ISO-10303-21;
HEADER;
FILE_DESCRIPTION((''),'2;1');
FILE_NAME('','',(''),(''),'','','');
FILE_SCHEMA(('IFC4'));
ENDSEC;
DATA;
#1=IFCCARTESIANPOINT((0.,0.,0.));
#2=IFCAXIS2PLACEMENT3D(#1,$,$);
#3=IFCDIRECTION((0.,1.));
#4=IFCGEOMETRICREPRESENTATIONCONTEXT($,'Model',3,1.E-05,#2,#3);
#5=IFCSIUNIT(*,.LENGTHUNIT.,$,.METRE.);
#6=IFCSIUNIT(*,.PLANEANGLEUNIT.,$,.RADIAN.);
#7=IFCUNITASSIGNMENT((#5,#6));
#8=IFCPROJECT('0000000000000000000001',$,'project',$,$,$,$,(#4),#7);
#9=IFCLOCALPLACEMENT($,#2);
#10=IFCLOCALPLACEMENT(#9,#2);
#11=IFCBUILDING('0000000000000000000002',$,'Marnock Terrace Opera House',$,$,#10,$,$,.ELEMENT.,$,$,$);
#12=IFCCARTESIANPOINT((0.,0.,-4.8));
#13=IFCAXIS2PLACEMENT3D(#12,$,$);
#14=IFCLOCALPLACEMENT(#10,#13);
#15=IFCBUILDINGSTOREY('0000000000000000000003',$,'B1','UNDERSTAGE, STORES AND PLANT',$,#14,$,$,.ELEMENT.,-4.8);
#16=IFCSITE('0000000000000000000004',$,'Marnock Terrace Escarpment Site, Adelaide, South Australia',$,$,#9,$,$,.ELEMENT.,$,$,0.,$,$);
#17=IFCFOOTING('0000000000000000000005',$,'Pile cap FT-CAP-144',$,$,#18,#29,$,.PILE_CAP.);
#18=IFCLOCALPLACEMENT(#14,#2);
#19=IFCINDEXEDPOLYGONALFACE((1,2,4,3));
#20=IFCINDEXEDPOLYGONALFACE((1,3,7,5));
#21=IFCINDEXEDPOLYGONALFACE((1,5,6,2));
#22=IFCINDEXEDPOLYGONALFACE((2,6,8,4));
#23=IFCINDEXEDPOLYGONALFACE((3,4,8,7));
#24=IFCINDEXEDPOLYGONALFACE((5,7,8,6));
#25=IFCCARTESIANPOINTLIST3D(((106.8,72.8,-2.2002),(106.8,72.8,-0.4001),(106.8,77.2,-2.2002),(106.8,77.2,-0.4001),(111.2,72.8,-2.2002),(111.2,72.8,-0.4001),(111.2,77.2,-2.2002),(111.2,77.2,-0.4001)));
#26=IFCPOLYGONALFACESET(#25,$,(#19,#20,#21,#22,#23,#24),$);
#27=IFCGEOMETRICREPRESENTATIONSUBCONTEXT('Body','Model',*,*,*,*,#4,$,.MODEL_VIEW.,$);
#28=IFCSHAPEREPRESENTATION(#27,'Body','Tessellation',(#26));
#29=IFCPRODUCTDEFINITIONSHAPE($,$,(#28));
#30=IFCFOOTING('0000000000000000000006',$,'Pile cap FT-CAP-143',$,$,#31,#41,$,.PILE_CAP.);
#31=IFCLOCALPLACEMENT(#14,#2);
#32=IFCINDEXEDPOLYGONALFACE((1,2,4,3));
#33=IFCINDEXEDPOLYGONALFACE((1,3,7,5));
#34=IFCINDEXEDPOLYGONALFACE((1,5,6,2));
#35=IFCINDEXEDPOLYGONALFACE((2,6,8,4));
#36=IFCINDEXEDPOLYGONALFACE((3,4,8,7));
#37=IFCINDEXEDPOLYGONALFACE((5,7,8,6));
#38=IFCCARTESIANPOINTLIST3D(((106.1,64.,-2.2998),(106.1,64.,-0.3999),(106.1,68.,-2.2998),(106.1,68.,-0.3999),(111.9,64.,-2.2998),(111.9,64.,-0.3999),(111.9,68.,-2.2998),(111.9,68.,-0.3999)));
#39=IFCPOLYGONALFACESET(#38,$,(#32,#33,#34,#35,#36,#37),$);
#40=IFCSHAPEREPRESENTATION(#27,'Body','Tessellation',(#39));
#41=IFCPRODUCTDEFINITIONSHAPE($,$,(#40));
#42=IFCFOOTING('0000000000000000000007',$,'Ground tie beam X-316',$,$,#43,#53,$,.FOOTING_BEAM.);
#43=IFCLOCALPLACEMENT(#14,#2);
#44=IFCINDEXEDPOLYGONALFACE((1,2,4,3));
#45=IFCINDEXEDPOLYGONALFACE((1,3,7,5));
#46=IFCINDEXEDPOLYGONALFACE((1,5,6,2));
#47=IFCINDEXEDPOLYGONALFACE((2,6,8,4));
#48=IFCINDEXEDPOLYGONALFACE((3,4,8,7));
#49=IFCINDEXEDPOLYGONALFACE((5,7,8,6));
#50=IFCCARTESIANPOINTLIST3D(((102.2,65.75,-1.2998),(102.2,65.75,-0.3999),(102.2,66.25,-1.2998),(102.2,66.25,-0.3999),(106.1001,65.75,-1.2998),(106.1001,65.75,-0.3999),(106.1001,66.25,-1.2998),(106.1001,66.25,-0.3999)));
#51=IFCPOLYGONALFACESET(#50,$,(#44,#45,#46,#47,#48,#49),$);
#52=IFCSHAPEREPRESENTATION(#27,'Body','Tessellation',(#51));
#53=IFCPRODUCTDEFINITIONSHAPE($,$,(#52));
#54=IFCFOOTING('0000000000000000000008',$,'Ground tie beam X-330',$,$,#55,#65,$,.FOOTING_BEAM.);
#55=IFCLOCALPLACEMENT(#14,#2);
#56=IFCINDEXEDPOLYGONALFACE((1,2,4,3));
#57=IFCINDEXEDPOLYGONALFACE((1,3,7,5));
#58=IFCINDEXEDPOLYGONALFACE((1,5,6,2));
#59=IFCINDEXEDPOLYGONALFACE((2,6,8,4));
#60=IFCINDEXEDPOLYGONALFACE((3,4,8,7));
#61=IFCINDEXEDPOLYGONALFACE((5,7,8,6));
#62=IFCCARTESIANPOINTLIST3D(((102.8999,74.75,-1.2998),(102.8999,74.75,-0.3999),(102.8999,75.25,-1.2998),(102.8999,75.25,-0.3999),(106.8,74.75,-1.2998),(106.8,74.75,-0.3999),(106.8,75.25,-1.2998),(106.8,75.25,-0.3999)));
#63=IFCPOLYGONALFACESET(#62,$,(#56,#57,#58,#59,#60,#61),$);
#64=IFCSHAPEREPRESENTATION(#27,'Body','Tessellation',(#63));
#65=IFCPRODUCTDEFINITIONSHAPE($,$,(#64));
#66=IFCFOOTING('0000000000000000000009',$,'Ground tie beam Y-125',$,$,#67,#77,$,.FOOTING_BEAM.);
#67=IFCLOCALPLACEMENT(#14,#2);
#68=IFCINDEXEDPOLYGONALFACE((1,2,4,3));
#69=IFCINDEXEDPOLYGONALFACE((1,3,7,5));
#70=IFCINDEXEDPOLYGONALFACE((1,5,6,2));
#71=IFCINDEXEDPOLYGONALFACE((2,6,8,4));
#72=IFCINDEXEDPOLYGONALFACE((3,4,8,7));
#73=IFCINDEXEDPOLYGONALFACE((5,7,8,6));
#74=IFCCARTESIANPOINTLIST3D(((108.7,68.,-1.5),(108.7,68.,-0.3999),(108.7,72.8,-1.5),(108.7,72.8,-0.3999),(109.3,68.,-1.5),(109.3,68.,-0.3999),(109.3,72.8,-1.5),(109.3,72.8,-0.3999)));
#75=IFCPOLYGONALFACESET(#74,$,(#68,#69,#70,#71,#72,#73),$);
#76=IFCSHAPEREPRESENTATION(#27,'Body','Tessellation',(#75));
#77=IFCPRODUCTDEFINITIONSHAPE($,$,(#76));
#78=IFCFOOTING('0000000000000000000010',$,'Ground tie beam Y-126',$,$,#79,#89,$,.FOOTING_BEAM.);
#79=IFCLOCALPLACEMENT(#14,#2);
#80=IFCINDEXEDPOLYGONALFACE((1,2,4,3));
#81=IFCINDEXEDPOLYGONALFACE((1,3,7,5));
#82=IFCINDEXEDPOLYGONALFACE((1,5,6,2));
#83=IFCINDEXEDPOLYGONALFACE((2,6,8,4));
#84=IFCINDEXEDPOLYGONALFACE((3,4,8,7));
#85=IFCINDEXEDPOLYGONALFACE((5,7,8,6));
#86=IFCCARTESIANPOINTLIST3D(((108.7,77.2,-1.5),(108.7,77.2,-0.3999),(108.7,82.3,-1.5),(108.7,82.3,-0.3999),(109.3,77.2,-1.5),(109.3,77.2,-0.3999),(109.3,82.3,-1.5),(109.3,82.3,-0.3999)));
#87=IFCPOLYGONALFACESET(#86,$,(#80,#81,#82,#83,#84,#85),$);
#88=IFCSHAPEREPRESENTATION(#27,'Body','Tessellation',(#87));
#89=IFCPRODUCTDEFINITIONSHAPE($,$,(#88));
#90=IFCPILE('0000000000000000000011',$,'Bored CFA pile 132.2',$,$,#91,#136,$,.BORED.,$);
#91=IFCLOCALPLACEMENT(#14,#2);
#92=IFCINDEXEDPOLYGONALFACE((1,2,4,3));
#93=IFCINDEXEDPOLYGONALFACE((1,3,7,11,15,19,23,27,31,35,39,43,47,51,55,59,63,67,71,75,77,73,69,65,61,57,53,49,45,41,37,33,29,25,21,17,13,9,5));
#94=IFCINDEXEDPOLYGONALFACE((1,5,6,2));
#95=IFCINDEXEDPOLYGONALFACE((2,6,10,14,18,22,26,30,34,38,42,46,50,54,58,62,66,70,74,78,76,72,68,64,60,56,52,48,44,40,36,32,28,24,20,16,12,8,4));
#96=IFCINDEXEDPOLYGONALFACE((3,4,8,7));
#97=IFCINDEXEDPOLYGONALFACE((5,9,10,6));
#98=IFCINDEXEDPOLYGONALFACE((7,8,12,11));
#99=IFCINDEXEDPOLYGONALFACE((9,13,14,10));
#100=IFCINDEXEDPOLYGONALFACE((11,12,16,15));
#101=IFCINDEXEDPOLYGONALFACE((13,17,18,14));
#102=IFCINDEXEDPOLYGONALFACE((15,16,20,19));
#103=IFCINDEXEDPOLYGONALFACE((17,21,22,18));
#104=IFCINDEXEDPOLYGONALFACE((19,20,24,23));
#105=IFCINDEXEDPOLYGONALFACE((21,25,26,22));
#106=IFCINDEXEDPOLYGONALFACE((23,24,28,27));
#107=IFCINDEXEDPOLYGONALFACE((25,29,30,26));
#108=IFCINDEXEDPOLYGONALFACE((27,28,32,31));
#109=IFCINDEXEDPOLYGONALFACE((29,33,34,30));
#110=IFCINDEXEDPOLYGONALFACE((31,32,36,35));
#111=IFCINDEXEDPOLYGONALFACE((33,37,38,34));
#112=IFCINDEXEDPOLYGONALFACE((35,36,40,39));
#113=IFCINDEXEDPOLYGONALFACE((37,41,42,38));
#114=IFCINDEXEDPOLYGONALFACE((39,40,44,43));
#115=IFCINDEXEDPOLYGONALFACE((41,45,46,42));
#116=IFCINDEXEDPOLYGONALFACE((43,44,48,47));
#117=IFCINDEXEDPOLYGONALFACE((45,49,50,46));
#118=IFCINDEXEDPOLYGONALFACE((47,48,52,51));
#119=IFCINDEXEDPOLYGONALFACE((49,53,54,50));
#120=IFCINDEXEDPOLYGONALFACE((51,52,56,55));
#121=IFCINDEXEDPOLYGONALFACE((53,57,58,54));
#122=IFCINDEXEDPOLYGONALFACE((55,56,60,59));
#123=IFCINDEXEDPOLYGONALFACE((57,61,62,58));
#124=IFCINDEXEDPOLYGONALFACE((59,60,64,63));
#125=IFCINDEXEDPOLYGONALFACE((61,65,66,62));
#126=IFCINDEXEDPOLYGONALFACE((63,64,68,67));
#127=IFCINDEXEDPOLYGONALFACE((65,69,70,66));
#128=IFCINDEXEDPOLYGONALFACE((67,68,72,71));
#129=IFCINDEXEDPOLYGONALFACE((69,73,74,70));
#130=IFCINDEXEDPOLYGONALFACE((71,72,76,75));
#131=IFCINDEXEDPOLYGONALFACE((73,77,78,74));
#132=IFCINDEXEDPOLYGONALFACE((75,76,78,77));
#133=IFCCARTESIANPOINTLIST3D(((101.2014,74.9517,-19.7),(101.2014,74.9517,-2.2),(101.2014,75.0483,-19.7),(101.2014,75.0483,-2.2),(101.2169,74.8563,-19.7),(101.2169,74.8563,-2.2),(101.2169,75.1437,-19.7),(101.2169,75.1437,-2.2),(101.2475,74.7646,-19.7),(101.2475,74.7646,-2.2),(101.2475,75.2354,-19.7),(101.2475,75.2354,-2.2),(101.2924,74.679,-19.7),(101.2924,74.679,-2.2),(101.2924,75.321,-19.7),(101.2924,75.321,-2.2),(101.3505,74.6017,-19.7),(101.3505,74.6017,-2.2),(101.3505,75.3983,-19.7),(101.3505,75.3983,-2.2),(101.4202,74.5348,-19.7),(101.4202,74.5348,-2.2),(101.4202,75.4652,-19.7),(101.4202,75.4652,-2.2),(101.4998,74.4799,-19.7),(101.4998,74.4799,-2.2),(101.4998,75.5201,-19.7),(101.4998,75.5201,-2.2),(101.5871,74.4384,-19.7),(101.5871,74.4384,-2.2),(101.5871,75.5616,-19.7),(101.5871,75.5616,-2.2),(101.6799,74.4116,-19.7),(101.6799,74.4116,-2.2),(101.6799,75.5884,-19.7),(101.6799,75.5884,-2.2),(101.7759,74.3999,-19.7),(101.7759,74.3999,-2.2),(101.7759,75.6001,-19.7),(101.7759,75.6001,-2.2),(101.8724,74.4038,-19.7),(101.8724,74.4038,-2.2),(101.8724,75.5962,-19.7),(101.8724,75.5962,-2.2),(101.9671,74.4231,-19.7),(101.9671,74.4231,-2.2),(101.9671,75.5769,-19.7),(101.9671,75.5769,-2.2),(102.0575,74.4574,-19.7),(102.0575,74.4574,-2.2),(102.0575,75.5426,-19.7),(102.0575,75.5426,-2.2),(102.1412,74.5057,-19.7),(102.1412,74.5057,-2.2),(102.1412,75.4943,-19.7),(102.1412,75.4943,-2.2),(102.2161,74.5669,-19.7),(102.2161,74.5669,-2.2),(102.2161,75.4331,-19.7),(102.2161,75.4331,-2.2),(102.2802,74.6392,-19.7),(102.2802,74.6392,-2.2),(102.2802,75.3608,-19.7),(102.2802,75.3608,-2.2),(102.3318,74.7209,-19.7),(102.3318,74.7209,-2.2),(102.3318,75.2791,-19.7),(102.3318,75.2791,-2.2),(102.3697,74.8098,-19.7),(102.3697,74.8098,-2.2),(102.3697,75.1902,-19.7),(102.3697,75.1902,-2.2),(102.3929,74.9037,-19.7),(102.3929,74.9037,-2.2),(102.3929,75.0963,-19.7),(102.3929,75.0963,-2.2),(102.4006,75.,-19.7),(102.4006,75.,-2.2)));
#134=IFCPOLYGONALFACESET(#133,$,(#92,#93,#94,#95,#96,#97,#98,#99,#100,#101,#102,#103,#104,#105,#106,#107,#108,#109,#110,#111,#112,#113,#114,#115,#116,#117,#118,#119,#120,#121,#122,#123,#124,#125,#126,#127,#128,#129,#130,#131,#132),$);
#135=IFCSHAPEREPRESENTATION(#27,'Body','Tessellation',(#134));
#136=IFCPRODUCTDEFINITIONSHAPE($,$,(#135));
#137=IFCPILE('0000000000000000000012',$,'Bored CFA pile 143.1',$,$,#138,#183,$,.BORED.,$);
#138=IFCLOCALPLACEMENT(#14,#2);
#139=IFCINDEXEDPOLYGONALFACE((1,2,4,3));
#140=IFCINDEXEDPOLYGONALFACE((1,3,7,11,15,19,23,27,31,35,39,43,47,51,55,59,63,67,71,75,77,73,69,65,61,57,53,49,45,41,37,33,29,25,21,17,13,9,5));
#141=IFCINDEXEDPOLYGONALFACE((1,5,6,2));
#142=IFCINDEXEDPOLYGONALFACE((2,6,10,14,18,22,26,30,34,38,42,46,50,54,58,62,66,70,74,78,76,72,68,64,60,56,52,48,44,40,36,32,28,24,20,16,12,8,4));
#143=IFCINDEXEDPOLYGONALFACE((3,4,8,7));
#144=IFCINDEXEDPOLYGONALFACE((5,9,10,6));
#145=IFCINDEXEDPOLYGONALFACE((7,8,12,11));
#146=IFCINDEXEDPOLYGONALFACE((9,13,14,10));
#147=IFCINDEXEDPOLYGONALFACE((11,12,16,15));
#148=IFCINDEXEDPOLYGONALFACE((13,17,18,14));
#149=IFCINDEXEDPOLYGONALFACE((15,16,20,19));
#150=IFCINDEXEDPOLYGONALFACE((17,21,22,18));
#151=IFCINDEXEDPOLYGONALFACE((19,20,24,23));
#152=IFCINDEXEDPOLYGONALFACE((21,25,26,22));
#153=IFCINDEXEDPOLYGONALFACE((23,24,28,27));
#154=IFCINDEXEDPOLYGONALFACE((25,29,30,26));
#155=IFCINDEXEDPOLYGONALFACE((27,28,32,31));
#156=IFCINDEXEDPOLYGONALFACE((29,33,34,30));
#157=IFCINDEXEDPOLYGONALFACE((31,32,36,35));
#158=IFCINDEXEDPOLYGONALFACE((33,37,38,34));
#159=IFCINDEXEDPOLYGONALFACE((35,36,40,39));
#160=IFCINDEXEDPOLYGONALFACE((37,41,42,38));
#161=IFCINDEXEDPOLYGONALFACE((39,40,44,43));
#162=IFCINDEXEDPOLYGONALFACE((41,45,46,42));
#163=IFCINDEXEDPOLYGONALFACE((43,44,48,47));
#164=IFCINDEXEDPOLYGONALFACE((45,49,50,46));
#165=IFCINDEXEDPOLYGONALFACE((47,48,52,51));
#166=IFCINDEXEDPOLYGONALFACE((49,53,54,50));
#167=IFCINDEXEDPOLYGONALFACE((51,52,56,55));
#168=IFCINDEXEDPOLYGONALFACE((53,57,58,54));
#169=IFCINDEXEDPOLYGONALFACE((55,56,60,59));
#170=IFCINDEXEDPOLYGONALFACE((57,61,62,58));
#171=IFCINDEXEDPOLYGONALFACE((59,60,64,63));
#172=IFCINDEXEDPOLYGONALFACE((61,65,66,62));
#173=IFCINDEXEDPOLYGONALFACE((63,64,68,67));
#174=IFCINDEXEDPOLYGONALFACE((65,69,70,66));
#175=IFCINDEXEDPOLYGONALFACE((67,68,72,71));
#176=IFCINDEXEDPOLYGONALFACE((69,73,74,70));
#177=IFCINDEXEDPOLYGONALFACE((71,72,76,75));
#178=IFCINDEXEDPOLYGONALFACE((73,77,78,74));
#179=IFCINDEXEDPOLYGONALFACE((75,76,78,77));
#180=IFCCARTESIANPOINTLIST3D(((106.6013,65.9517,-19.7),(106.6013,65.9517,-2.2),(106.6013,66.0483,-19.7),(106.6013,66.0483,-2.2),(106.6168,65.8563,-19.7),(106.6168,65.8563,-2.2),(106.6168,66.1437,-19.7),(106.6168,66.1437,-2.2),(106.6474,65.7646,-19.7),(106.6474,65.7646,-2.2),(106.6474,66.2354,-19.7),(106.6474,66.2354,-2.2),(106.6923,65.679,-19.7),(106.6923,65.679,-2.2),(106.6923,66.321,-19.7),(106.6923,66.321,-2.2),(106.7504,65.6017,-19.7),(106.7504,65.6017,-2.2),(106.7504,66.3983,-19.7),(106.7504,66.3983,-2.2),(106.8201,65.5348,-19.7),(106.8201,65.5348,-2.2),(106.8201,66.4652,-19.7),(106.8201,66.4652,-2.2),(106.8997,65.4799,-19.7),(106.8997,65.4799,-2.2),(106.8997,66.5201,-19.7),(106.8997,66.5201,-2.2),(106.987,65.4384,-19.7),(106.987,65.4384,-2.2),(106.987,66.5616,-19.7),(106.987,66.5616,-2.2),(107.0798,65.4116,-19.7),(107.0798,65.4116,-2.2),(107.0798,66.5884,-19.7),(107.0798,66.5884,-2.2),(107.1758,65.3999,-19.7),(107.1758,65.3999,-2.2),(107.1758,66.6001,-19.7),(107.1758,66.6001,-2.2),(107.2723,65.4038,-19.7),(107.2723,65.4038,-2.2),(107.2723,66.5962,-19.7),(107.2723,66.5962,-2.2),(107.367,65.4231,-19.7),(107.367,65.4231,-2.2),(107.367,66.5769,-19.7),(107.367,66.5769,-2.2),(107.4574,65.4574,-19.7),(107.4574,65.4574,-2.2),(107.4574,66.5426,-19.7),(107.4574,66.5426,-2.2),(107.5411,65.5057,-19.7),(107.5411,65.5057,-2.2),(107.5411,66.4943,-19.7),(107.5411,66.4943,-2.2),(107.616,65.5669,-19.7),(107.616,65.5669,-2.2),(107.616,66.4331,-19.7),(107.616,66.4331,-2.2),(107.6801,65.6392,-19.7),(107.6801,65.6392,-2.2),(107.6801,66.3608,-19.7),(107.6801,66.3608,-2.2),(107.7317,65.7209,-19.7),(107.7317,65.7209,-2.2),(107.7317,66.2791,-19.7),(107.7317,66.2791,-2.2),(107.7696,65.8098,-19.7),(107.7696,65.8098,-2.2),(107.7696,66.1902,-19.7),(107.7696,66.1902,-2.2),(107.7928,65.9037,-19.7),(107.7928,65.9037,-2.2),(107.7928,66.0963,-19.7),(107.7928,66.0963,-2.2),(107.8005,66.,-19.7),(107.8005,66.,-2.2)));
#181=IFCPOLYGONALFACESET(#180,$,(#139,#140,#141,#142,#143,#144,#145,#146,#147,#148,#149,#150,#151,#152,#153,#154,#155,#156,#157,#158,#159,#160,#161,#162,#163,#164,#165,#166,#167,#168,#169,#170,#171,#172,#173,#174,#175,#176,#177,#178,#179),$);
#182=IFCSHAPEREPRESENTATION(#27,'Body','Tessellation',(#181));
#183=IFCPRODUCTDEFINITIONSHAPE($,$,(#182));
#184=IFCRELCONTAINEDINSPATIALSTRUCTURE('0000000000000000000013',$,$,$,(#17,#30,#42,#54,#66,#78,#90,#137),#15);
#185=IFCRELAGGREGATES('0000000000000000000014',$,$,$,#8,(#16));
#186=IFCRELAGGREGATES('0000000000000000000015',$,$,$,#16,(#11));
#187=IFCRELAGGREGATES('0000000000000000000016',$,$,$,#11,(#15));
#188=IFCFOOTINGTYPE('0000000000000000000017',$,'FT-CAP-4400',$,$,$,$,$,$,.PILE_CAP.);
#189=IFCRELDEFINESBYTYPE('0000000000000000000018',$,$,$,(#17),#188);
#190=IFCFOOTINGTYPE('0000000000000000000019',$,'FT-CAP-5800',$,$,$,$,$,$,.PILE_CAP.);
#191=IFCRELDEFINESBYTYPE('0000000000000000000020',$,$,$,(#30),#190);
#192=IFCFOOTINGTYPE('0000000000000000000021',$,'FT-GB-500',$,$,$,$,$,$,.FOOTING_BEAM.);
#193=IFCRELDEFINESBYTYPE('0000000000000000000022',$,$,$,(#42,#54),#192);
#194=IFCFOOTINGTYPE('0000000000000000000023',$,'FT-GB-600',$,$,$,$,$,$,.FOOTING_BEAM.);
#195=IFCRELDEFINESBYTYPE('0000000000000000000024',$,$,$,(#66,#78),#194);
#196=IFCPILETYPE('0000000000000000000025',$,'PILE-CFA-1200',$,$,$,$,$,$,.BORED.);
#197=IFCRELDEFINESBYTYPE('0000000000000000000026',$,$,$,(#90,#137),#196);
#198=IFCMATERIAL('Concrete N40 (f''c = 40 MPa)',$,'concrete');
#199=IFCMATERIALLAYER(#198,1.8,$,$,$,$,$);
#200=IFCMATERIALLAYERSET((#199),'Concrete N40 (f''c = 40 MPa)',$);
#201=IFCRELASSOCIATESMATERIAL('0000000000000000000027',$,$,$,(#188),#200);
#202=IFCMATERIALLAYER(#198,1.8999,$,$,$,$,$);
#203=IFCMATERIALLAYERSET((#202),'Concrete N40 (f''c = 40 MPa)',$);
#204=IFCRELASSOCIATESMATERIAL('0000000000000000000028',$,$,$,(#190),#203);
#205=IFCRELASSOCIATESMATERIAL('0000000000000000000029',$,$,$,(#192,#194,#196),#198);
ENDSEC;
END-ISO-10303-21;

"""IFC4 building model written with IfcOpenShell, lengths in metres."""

from ifc_helpers import new_model, si_unit, direction, frame, origin, origin_2d, place, context, subcontext, project, spatial, rectangle, circle, extrude, material, layer, layer_set, material_profile, profile_set, type_object, element, save


model = new_model("IFC4")

# Units and contexts
model_context = context("Model", 3, precision=1e-05, world=origin(), true_north=direction((0.0, 1.0)))
body_context = subcontext(model_context, "Body", "Model", "MODEL_VIEW")
ifc_project = project(units=[si_unit("LENGTHUNIT", "METRE"), si_unit("PLANEANGLEUNIT", "RADIAN")], contexts=[model_context])

# Site, building, storey
site_placement = place(None, origin())
site = spatial("IfcSite", under=ifc_project, at=site_placement, Name="Marnock Terrace Escarpment Site, Adelaide, South Australia", CompositionType="ELEMENT", RefElevation=0.0)
building_placement = place(site_placement, origin())
building = spatial("IfcBuilding", under=site, at=building_placement, Name="Marnock Terrace Opera House", CompositionType="ELEMENT")
storey_placement = place(building_placement, frame((0.0, 0.0, -4.8)))
storey = spatial("IfcBuildingStorey", under=building, at=storey_placement, Name="B1", Description="UNDERSTAGE, STORES AND PLANT", CompositionType="ELEMENT", Elevation=-4.8)

# Footings
ifc_material_1 = material(Name="Concrete N40 (f'c = 40 MPa)", Category="concrete")
ifc_layer_1 = layer(ifc_material_1, 1.8)
ifc_layer_set_1 = layer_set([ifc_layer_1], Name="Concrete N40 (f'c = 40 MPa)")
footing_type_1 = type_object("IfcFootingType", Name="FT-CAP-4400", PredefinedType="PILE_CAP", material=ifc_layer_set_1)
footing_1_placement = place(storey_placement, frame((109.0, 75.0, -2.2002), z_axis=(0.0, 0.0, 1.0), x_axis=(1.0, 0.0, 0.0)))
element("IfcFooting", 1, at=footing_1_placement, inside=storey, type_object=footing_type_1, Name="Pile cap FT-CAP-144", PredefinedType="PILE_CAP", context=body_context, shape_type="SweptSolid", body=[
    extrude(rectangle(XDim=4.3999, YDim=4.3999, at=origin_2d()), origin(), (0.0, 0.0, 1.0), 1.8),
])
ifc_layer_2 = layer(ifc_material_1, 1.8999)
ifc_layer_set_2 = layer_set([ifc_layer_2], Name="Concrete N40 (f'c = 40 MPa)")
footing_type_2 = type_object("IfcFootingType", Name="FT-CAP-5800", PredefinedType="PILE_CAP", material=ifc_layer_set_2)
footing_2_placement = place(storey_placement, frame((109.0, 66.0, -2.2998), z_axis=(0.0, 0.0, 1.0), x_axis=(1.0, 0.0, 0.0)))
element("IfcFooting", 2, at=footing_2_placement, inside=storey, type_object=footing_type_2, Name="Pile cap FT-CAP-143", PredefinedType="PILE_CAP", context=body_context, shape_type="SweptSolid", body=[
    extrude(rectangle(XDim=5.8, YDim=4.0, at=origin_2d()), origin(), (0.0, 0.0, 1.0), 1.8999),
])
ifc_material_profile_1 = material_profile(ifc_material_1, rectangle(XDim=0.5, YDim=0.8999, at=origin_2d()))
ifc_profile_set_1 = profile_set([ifc_material_profile_1], Name="Concrete N40 (f'c = 40 MPa)")
footing_type_3 = type_object("IfcFootingType", Name="FT-GB-500", PredefinedType="FOOTING_BEAM", material=ifc_profile_set_1)
for number, where, z_axis, x_axis, name in (
    (3, (102.2, 66.0, -0.8499), (1.0, 0.0, 0.0), (0.0, 1.0, 0.0), "Ground tie beam X-316"),
    (4, (102.8999, 75.0, -0.8499), (1.0, 0.0, 0.0), (0.0, 1.0, 0.0), "Ground tie beam X-330"),
):
    element("IfcFooting", number, at=place(storey_placement, frame(where, z_axis=z_axis, x_axis=x_axis)), inside=storey, type_object=footing_type_3, Name=name, PredefinedType="FOOTING_BEAM", context=body_context, shape_type="SweptSolid", body=[
        extrude(rectangle(XDim=0.5, YDim=0.8999, at=origin_2d()), origin(), (0.0, 0.0, 1.0), 3.9001),
    ])
ifc_material_profile_2 = material_profile(ifc_material_1, rectangle(XDim=0.6001, YDim=1.1001, at=origin_2d()))
ifc_profile_set_2 = profile_set([ifc_material_profile_2], Name="Concrete N40 (f'c = 40 MPa)")
footing_type_4 = type_object("IfcFootingType", Name="FT-GB-600", PredefinedType="FOOTING_BEAM", material=ifc_profile_set_2)
footing_3_placement = place(storey_placement, frame((109.0, 68.0, -0.95), z_axis=(0.0, 1.0, 0.0), x_axis=(-1.0, 0.0, 0.0)))
element("IfcFooting", 5, at=footing_3_placement, inside=storey, type_object=footing_type_4, Name="Ground tie beam Y-125", PredefinedType="FOOTING_BEAM", context=body_context, shape_type="SweptSolid", body=[
    extrude(rectangle(XDim=0.6001, YDim=1.1001, at=origin_2d()), origin(), (0.0, 0.0, 1.0), 4.8),
])
footing_4_placement = place(storey_placement, frame((109.0, 77.2, -0.95), z_axis=(0.0, 1.0, 0.0), x_axis=(-1.0, 0.0, 0.0)))
element("IfcFooting", 6, at=footing_4_placement, inside=storey, type_object=footing_type_4, Name="Ground tie beam Y-126", PredefinedType="FOOTING_BEAM", context=body_context, shape_type="SweptSolid", body=[
    extrude(rectangle(XDim=0.6001, YDim=1.1001, at=origin_2d()), origin(), (0.0, 0.0, 1.0), 5.1001),
])

# Piles
ifc_material_profile_3 = material_profile(ifc_material_1, circle(Radius=0.6006, at=origin_2d()))
ifc_profile_set_3 = profile_set([ifc_material_profile_3], Name="Concrete N40 (f'c = 40 MPa)")
pile_type = type_object("IfcPileType", Name="PILE-CFA-1200", PredefinedType="BORED", material=ifc_profile_set_3)
for number, where, z_axis, x_axis, name in (
    (7, (101.8, 75.0, -2.2), (0.0, 0.0, -1.0), (1.0, 0.0, 0.0), "Bored CFA pile 132.2"),
    (8, (107.2, 66.0, -2.2), (0.0, 0.0, -1.0), (1.0, 0.0, 0.0), "Bored CFA pile 143.1"),
):
    element("IfcPile", number, at=place(storey_placement, frame(where, z_axis=z_axis, x_axis=x_axis)), inside=storey, type_object=pile_type, Name=name, PredefinedType="BORED", context=body_context, shape_type="SweptSolid", body=[
        extrude(circle(Radius=0.6006, at=origin_2d()), origin(), (0.0, 0.0, 1.0), 17.5),
    ])

save(model, "model.ifc")
